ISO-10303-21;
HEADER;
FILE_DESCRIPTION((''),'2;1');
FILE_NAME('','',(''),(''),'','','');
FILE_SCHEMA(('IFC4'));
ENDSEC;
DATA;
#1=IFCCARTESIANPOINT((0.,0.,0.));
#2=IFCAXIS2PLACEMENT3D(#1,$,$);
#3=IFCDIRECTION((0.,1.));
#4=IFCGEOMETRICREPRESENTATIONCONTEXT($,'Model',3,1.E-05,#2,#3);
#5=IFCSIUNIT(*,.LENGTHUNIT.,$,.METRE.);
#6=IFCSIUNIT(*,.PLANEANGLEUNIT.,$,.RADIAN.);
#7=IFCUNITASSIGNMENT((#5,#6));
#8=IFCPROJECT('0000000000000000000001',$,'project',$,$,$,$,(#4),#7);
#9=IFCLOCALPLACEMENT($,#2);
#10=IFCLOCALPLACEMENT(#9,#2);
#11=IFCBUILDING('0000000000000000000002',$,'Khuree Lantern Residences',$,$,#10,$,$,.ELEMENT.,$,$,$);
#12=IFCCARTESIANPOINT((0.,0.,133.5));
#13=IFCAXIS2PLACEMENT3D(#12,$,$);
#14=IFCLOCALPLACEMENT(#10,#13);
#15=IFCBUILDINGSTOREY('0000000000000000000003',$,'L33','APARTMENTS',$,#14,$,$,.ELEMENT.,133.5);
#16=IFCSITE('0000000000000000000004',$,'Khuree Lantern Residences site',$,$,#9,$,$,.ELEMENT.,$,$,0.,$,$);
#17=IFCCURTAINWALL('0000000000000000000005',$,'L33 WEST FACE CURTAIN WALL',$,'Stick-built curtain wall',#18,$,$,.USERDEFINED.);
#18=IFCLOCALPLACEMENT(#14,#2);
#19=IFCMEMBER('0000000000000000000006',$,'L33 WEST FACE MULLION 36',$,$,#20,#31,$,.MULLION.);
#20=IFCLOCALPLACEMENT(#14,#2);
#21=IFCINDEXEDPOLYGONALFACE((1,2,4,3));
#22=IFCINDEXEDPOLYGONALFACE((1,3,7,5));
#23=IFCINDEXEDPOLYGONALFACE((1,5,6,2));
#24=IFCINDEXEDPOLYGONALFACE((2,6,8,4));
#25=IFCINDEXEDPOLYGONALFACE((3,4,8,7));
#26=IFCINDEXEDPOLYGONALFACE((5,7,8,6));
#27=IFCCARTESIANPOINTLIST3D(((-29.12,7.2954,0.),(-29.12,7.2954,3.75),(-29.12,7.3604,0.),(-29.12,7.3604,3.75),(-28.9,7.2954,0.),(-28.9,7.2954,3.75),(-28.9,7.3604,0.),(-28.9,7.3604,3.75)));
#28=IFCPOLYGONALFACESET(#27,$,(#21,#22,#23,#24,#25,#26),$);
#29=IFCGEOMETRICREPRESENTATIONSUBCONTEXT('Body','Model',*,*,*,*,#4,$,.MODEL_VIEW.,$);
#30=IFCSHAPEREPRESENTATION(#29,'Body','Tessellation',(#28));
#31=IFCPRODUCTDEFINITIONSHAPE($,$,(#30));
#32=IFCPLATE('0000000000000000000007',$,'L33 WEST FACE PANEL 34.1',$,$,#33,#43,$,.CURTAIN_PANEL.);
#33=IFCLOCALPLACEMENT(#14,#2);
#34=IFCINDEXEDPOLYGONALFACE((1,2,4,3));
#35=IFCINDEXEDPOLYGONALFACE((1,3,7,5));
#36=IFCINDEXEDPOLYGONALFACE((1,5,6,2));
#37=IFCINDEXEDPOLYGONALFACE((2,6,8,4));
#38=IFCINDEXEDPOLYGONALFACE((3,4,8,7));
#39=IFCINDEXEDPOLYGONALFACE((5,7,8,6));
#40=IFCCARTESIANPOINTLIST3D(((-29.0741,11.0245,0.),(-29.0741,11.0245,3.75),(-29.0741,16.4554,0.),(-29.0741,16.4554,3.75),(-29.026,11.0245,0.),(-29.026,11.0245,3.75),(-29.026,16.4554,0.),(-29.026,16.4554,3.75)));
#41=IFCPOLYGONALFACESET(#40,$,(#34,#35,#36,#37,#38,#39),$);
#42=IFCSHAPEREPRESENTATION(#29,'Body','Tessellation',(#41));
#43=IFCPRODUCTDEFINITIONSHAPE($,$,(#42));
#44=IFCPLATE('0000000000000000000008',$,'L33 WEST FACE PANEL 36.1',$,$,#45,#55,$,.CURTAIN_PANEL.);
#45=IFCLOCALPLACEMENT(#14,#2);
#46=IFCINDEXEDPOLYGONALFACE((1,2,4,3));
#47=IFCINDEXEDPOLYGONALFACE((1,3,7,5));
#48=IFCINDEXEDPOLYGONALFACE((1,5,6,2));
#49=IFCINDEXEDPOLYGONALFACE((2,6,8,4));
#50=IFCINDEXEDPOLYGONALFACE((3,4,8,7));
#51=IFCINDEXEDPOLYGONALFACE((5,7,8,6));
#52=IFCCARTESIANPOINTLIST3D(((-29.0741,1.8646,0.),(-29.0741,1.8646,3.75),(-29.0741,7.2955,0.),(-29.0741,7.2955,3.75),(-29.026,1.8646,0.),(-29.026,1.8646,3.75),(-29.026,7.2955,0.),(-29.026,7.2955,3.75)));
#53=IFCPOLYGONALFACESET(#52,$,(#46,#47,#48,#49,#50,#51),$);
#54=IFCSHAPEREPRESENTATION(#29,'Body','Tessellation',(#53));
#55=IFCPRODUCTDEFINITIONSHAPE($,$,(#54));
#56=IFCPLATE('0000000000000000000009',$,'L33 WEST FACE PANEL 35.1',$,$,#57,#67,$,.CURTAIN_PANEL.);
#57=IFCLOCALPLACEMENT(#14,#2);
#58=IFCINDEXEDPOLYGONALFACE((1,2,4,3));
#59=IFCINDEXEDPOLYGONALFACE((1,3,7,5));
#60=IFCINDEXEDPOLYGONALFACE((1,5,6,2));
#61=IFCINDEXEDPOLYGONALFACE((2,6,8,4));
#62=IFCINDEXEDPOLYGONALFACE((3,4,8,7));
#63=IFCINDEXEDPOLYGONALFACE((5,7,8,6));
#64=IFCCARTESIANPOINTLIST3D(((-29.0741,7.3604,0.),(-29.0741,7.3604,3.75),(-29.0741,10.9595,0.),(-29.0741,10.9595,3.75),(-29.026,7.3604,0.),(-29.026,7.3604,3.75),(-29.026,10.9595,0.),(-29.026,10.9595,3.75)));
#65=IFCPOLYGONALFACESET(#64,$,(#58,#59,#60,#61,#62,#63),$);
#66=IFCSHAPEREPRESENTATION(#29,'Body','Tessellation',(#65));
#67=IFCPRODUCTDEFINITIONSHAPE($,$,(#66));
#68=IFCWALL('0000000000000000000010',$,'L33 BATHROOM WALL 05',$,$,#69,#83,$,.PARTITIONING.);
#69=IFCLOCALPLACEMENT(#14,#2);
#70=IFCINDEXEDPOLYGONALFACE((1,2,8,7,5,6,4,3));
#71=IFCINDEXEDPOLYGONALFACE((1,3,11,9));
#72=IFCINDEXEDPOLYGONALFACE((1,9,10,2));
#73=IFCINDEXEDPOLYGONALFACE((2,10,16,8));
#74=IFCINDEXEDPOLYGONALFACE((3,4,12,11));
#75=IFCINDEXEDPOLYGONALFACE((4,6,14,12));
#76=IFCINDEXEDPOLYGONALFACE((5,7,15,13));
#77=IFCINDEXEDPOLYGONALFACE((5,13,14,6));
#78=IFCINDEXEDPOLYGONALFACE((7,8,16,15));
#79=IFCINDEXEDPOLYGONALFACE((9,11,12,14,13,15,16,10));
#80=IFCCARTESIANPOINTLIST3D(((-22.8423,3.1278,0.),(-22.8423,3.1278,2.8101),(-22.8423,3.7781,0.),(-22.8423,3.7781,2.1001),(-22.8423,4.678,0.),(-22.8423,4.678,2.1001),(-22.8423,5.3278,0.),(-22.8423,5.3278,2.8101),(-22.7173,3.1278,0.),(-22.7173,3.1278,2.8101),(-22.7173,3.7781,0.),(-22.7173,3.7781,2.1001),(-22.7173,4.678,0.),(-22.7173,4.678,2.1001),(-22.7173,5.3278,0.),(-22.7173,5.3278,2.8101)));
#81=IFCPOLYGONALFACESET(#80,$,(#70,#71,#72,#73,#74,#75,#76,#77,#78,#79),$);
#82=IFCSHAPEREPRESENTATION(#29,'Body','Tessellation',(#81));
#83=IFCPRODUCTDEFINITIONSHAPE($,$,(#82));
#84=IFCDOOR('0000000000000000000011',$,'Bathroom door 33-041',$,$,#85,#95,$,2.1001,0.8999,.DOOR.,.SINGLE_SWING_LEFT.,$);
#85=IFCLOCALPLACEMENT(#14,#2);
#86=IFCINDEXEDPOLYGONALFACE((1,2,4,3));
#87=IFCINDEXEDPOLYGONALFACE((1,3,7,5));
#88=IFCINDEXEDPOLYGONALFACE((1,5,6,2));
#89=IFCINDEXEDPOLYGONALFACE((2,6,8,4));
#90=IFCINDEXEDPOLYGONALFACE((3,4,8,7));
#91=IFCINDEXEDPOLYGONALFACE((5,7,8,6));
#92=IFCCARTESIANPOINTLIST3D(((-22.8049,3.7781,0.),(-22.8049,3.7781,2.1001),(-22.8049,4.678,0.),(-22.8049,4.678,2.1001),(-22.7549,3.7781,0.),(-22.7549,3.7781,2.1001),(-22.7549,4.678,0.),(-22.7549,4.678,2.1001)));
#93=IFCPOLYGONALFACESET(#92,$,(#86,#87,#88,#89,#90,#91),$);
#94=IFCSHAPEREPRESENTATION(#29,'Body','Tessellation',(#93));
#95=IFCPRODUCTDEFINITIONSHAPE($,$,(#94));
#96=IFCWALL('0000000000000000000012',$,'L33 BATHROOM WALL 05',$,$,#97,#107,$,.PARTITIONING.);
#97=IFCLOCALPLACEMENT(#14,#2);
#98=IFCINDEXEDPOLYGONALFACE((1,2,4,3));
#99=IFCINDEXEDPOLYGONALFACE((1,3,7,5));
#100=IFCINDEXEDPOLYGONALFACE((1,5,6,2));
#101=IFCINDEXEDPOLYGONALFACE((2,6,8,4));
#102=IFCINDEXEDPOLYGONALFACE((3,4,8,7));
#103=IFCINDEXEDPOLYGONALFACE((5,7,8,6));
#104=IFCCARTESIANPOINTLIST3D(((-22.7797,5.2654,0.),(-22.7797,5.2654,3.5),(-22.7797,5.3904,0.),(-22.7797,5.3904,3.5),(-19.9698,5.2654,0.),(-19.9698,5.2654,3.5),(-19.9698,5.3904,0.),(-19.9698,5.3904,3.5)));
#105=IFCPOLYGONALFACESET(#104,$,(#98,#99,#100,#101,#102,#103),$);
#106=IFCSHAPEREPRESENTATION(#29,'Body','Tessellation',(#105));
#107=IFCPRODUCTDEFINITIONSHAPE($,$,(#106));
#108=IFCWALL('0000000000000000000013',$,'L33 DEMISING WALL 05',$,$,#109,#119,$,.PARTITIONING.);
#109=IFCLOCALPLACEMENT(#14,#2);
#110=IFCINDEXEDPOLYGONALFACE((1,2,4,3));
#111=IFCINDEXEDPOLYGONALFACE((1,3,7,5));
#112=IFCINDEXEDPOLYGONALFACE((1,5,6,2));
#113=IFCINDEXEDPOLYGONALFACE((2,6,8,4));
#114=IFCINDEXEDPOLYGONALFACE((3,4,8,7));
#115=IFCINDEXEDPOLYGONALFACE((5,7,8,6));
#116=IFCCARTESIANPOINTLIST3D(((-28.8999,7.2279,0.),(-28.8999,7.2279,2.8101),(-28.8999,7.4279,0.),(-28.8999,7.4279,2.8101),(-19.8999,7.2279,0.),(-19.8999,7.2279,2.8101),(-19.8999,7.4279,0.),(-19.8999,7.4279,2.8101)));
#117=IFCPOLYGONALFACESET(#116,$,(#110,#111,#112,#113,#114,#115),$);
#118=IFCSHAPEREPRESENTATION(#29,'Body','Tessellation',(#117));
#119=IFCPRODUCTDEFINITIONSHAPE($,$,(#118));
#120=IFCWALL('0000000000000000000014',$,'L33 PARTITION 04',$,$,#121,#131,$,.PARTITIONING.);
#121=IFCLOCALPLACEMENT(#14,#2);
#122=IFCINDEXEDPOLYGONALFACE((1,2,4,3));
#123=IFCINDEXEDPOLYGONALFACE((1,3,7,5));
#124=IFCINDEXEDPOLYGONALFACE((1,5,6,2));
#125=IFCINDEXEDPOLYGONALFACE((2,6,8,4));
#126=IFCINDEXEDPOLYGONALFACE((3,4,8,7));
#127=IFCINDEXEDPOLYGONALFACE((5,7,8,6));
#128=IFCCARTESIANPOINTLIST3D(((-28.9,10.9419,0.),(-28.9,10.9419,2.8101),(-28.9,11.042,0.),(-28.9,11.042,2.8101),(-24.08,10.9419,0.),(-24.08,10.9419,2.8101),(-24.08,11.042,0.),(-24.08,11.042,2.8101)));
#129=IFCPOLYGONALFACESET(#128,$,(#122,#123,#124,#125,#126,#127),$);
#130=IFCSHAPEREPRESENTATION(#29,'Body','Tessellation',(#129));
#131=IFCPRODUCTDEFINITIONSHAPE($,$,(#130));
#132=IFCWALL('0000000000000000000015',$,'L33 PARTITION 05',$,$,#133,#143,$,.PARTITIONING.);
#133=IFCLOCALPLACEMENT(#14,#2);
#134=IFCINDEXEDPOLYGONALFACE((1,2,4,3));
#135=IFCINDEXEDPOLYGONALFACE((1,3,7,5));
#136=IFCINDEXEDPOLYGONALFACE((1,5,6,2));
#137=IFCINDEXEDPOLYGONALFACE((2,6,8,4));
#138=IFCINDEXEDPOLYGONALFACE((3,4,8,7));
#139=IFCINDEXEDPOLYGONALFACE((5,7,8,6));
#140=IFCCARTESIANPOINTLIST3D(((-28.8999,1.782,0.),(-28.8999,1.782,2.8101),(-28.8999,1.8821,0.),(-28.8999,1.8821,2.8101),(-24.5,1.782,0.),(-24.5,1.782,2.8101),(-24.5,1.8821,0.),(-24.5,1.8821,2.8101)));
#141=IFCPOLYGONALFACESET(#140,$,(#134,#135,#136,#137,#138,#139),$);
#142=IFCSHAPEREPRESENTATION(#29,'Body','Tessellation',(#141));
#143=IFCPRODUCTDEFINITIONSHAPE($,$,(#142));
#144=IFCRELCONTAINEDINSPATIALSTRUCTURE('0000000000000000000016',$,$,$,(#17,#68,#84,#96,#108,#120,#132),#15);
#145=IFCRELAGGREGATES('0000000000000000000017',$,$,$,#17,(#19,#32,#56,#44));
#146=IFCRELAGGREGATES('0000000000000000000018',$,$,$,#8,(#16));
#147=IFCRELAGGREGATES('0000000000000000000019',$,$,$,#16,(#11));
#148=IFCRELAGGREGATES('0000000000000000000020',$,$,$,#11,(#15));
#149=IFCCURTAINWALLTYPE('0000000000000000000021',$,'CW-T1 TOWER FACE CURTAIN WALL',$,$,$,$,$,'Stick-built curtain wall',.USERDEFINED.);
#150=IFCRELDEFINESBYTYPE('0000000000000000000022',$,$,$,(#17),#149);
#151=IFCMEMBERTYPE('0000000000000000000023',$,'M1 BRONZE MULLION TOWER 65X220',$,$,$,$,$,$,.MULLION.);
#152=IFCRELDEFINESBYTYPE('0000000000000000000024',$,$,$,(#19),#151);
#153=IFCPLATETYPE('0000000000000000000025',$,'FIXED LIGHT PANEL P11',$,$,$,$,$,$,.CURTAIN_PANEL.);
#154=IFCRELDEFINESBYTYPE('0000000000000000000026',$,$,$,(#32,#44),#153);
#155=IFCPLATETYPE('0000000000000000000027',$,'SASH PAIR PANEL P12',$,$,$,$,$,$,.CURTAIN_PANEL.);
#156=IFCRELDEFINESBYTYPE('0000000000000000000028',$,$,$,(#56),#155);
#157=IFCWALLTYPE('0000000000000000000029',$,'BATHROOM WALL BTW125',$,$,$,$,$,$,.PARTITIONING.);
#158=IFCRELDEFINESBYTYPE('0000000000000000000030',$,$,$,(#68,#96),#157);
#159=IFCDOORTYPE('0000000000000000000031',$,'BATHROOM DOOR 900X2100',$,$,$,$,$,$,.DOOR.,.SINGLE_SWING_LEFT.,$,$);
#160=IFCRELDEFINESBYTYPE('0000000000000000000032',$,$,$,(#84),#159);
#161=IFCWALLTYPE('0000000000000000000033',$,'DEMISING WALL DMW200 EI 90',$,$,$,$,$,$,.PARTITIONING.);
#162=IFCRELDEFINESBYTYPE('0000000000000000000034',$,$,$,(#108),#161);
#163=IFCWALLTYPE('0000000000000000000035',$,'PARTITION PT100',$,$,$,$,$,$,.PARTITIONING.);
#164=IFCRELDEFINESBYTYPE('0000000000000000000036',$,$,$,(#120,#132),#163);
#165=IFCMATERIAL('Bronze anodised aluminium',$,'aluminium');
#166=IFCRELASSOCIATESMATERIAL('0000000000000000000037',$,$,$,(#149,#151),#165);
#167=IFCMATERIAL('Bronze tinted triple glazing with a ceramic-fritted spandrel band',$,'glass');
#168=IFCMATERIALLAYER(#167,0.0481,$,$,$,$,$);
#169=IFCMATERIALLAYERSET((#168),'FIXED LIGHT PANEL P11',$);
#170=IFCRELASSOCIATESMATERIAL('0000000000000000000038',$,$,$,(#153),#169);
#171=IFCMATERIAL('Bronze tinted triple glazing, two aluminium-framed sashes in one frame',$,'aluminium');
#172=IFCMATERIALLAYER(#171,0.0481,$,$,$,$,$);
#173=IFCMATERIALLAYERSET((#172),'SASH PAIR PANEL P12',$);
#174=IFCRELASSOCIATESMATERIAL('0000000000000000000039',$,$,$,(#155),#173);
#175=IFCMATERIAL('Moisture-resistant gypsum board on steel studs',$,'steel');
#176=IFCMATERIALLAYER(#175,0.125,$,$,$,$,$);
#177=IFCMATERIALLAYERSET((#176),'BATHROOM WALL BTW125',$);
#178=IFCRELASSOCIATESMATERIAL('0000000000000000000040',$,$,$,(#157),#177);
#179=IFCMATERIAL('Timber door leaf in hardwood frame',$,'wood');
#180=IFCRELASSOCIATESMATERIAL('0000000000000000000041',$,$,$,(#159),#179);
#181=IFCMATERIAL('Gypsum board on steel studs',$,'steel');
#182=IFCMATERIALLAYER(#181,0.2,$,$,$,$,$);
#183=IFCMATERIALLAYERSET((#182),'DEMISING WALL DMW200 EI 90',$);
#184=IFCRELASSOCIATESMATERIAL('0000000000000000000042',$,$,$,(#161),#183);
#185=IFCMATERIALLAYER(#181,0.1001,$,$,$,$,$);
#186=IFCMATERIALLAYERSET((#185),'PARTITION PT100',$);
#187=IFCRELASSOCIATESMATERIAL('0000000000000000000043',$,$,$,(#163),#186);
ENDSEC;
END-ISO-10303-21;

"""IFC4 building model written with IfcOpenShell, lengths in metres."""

from ifc_helpers import new_model, si_unit, direction, frame, frame_2d, origin, origin_2d, place, context, subcontext, project, spatial, rectangle, extrude, material, layer, layer_set, material_profile, profile_set, type_object, element, fill, aggregate, save


model = new_model("IFC4")

# Units and contexts
model_context = context("Model", 3, precision=1e-05, world=origin(), true_north=direction((0.0, 1.0)))
body_context = subcontext(model_context, "Body", "Model", "MODEL_VIEW")
ifc_project = project(units=[si_unit("LENGTHUNIT", "METRE"), si_unit("PLANEANGLEUNIT", "RADIAN")], contexts=[model_context])

# Site, building, storey
site_placement = place(None, origin())
site = spatial("IfcSite", under=ifc_project, at=site_placement, Name="Khuree Lantern Residences site", CompositionType="ELEMENT", RefElevation=0.0)
building_placement = place(site_placement, origin())
building = spatial("IfcBuilding", under=site, at=building_placement, Name="Khuree Lantern Residences", CompositionType="ELEMENT")
storey_placement = place(building_placement, frame((0.0, 0.0, 133.5)))
storey = spatial("IfcBuildingStorey", under=building, at=storey_placement, Name="L33", Description="APARTMENTS", CompositionType="ELEMENT", Elevation=133.5)

# Curtain wall
ifc_material_1 = material(Name="Bronze anodised aluminium", Category="aluminium")
curtain_wall_type = type_object("IfcCurtainWallType", Name="CW-T1 TOWER FACE CURTAIN WALL", ElementType="Stick-built curtain wall", PredefinedType="USERDEFINED", material=ifc_material_1)
curtain_wall_placement = place(storey_placement, origin())
curtain_wall = element("IfcCurtainWall", 1, at=curtain_wall_placement, inside=storey, type_object=curtain_wall_type, Name="L33 WEST FACE CURTAIN WALL", ObjectType="Stick-built curtain wall", PredefinedType="USERDEFINED")

# Member
ifc_material_profile_1 = material_profile(ifc_material_1, rectangle(XDim=0.0649, YDim=0.22, at=origin_2d()), Name="M1 65X220")
ifc_profile_set_1 = profile_set([ifc_material_profile_1], Name="Bronze anodised aluminium")
member_type_1 = type_object("IfcMemberType", Name="M1 BRONZE MULLION TOWER 65X220", PredefinedType="MULLION", material=ifc_profile_set_1)
member_1_placement = place(storey_placement, frame((-29.01, 7.3279, 0.0), z_axis=(0.0, 0.0, 1.0), x_axis=(0.0, -1.0, 0.0)))
member_1 = element("IfcMember", 2, at=member_1_placement, type_object=member_type_1, Name="L33 WEST FACE MULLION 36", PredefinedType="MULLION", context=body_context, shape_type="SweptSolid", body=[
    extrude(rectangle(XDim=0.0649, YDim=0.22, at=origin_2d()), origin(), (0.0, 0.0, 1.0), 3.75),
])

# Plates
ifc_material_2 = material(Name="Bronze tinted triple glazing with a ceramic-fritted spandrel band", Category="glass")
ifc_layer_1 = layer(ifc_material_2, 0.0481)
ifc_layer_set_1 = layer_set([ifc_layer_1], Name="FIXED LIGHT PANEL P11")
plate_type_1 = type_object("IfcPlateType", Name="FIXED LIGHT PANEL P11", PredefinedType="CURTAIN_PANEL", material=ifc_layer_set_1)
plate_1_placement = place(storey_placement, frame((-29.05, 13.74, 0.0), z_axis=(0.0, 0.0, 1.0), x_axis=(0.0, -1.0, 0.0)))
plate_1 = element("IfcPlate", 3, at=plate_1_placement, type_object=plate_type_1, Name="L33 WEST FACE PANEL 34.1", PredefinedType="CURTAIN_PANEL", context=body_context, shape_type="SweptSolid", body=[
    extrude(rectangle(XDim=5.4309, YDim=0.0481, at=origin_2d()), origin(), (0.0, 0.0, 1.0), 3.75),
])
plate_2_placement = place(storey_placement, frame((-29.05, 4.5801, 0.0), z_axis=(0.0, 0.0, 1.0), x_axis=(0.0, -1.0, 0.0)))
plate_2 = element("IfcPlate", 4, at=plate_2_placement, type_object=plate_type_1, Name="L33 WEST FACE PANEL 36.1", PredefinedType="CURTAIN_PANEL", context=body_context, shape_type="SweptSolid", body=[
    extrude(rectangle(XDim=5.4309, YDim=0.0481, at=origin_2d()), origin(), (0.0, 0.0, 1.0), 3.75),
])
ifc_material_3 = material(Name="Bronze tinted triple glazing, two aluminium-framed sashes in one frame", Category="aluminium")
ifc_layer_2 = layer(ifc_material_3, 0.0481)
ifc_layer_set_2 = layer_set([ifc_layer_2], Name="SASH PAIR PANEL P12")
plate_type_2 = type_object("IfcPlateType", Name="SASH PAIR PANEL P12", PredefinedType="CURTAIN_PANEL", material=ifc_layer_set_2)
plate_3_placement = place(storey_placement, frame((-29.05, 9.1599, 0.0), z_axis=(0.0, 0.0, 1.0), x_axis=(0.0, -1.0, 0.0)))
plate_3 = element("IfcPlate", 5, at=plate_3_placement, type_object=plate_type_2, Name="L33 WEST FACE PANEL 35.1", PredefinedType="CURTAIN_PANEL", context=body_context, shape_type="SweptSolid", body=[
    extrude(rectangle(XDim=3.5991, YDim=0.0481, at=origin_2d()), origin(), (0.0, 0.0, 1.0), 3.75),
])
aggregate(curtain_wall, [member_1, plate_1, plate_3, plate_2])

# Wall, opening, door
ifc_material_4 = material(Name="Moisture-resistant gypsum board on steel studs", Category="steel")
ifc_layer_3 = layer(ifc_material_4, 0.125)
ifc_layer_set_3 = layer_set([ifc_layer_3], Name="BATHROOM WALL BTW125")
wall_type_1 = type_object("IfcWallType", Name="BATHROOM WALL BTW125", PredefinedType="PARTITIONING", material=ifc_layer_set_3)
wall_1_placement = place(storey_placement, frame((-22.7798, 5.3279, 0.0), z_axis=(0.0, 0.0, 1.0), x_axis=(0.0, -1.0, 0.0)))
wall_1 = element("IfcWall", 6, at=wall_1_placement, inside=storey, type_object=wall_type_1, Name="L33 BATHROOM WALL 05", PredefinedType="PARTITIONING", context=body_context, shape_type="SweptSolid", body=[
    extrude(rectangle(XDim=2.2, YDim=0.125, at=frame_2d((1.1001, 0.0))), origin(), (0.0, 0.0, 1.0), 2.8101),
])
opening_1_placement = place(wall_1_placement, frame((0.6499, 0.0, 0.0)))
opening_1 = element("IfcOpeningElement", 7, at=opening_1_placement, cuts=wall_1, PredefinedType="OPENING", context=body_context, shape_type="SweptSolid", body=[
    extrude(rectangle(XDim=0.8999, YDim=2.1001, at=frame_2d((0.45, 1.05))), frame((0.0, 0.0725, 0.0), z_axis=(0.0, -1.0, 0.0), x_axis=(1.0, 0.0, 0.0)), (0.0, 0.0, 1.0), 0.145),
])
ifc_material_5 = material(Name="Timber door leaf in hardwood frame", Category="wood")
door_type_1 = type_object("IfcDoorType", Name="BATHROOM DOOR 900X2100", OperationType="SINGLE_SWING_LEFT", PredefinedType="DOOR", material=ifc_material_5)
door_1_placement = place(opening_1_placement, origin())
door_1 = element("IfcDoor", 8, at=door_1_placement, inside=storey, type_object=door_type_1, Name="Bathroom door 33-041", OperationType="SINGLE_SWING_LEFT", OverallHeight=2.1001, OverallWidth=0.8999, PredefinedType="DOOR", context=body_context, shape_type="SweptSolid", body=[
    extrude(rectangle(XDim=0.8999, YDim=2.1001, at=frame_2d((0.45, 1.05))), frame((0.0, 0.0249, 0.0), z_axis=(0.0, -1.0, 0.0), x_axis=(1.0, 0.0, 0.0)), (0.0, 0.0, 1.0), 0.05),
])
fill(opening_1, door_1)

# Walls
wall_2_placement = place(storey_placement, frame((-19.97, 5.3279, 0.0), z_axis=(0.0, 0.0, 1.0), x_axis=(-1.0, 0.0, 0.0)))
element("IfcWall", 9, at=wall_2_placement, inside=storey, type_object=wall_type_1, Name="L33 BATHROOM WALL 05", PredefinedType="PARTITIONING", context=body_context, shape_type="SweptSolid", body=[
    extrude(rectangle(XDim=2.8098, YDim=0.125, at=frame_2d((1.4048, 0.0))), origin(), (0.0, 0.0, 1.0), 3.5),
])
ifc_material_6 = material(Name="Gypsum board on steel studs", Category="steel")
ifc_layer_4 = layer(ifc_material_6, 0.2)
ifc_layer_set_4 = layer_set([ifc_layer_4], Name="DEMISING WALL DMW200 EI 90")
wall_type_2 = type_object("IfcWallType", Name="DEMISING WALL DMW200 EI 90", PredefinedType="PARTITIONING", material=ifc_layer_set_4)
wall_3_placement = place(storey_placement, frame((-19.8999, 7.3279, 0.0), z_axis=(0.0, 0.0, 1.0), x_axis=(-1.0, 0.0, 0.0)))
element("IfcWall", 10, at=wall_3_placement, inside=storey, type_object=wall_type_2, Name="L33 DEMISING WALL 05", PredefinedType="PARTITIONING", context=body_context, shape_type="SweptSolid", body=[
    extrude(rectangle(XDim=9.0, YDim=0.2, at=frame_2d((4.5, 0.0))), origin(), (0.0, 0.0, 1.0), 2.8101),
])
ifc_layer_5 = layer(ifc_material_6, 0.1001)
ifc_layer_set_5 = layer_set([ifc_layer_5], Name="PARTITION PT100")
wall_type_3 = type_object("IfcWallType", Name="PARTITION PT100", PredefinedType="PARTITIONING", material=ifc_layer_set_5)
wall_4_placement = place(storey_placement, frame((-24.0798, 10.9919, 0.0), z_axis=(0.0, 0.0, 1.0), x_axis=(-1.0, 0.0, 0.0)))
element("IfcWall", 11, at=wall_4_placement, inside=storey, type_object=wall_type_3, Name="L33 PARTITION 04", PredefinedType="PARTITIONING", context=body_context, shape_type="SweptSolid", body=[
    extrude(rectangle(XDim=4.8201, YDim=0.1001, at=frame_2d((2.4102, 0.0))), origin(), (0.0, 0.0, 1.0), 2.8101),
])
wall_5_placement = place(storey_placement, frame((-24.5, 1.832, 0.0), z_axis=(0.0, 0.0, 1.0), x_axis=(-1.0, 0.0, 0.0)))
element("IfcWall", 12, at=wall_5_placement, inside=storey, type_object=wall_type_3, Name="L33 PARTITION 05", PredefinedType="PARTITIONING", context=body_context, shape_type="SweptSolid", body=[
    extrude(rectangle(XDim=4.3999, YDim=0.1001, at=frame_2d((2.2, 0.0))), origin(), (0.0, 0.0, 1.0), 2.8101),
])

save(model, "model.ifc")
